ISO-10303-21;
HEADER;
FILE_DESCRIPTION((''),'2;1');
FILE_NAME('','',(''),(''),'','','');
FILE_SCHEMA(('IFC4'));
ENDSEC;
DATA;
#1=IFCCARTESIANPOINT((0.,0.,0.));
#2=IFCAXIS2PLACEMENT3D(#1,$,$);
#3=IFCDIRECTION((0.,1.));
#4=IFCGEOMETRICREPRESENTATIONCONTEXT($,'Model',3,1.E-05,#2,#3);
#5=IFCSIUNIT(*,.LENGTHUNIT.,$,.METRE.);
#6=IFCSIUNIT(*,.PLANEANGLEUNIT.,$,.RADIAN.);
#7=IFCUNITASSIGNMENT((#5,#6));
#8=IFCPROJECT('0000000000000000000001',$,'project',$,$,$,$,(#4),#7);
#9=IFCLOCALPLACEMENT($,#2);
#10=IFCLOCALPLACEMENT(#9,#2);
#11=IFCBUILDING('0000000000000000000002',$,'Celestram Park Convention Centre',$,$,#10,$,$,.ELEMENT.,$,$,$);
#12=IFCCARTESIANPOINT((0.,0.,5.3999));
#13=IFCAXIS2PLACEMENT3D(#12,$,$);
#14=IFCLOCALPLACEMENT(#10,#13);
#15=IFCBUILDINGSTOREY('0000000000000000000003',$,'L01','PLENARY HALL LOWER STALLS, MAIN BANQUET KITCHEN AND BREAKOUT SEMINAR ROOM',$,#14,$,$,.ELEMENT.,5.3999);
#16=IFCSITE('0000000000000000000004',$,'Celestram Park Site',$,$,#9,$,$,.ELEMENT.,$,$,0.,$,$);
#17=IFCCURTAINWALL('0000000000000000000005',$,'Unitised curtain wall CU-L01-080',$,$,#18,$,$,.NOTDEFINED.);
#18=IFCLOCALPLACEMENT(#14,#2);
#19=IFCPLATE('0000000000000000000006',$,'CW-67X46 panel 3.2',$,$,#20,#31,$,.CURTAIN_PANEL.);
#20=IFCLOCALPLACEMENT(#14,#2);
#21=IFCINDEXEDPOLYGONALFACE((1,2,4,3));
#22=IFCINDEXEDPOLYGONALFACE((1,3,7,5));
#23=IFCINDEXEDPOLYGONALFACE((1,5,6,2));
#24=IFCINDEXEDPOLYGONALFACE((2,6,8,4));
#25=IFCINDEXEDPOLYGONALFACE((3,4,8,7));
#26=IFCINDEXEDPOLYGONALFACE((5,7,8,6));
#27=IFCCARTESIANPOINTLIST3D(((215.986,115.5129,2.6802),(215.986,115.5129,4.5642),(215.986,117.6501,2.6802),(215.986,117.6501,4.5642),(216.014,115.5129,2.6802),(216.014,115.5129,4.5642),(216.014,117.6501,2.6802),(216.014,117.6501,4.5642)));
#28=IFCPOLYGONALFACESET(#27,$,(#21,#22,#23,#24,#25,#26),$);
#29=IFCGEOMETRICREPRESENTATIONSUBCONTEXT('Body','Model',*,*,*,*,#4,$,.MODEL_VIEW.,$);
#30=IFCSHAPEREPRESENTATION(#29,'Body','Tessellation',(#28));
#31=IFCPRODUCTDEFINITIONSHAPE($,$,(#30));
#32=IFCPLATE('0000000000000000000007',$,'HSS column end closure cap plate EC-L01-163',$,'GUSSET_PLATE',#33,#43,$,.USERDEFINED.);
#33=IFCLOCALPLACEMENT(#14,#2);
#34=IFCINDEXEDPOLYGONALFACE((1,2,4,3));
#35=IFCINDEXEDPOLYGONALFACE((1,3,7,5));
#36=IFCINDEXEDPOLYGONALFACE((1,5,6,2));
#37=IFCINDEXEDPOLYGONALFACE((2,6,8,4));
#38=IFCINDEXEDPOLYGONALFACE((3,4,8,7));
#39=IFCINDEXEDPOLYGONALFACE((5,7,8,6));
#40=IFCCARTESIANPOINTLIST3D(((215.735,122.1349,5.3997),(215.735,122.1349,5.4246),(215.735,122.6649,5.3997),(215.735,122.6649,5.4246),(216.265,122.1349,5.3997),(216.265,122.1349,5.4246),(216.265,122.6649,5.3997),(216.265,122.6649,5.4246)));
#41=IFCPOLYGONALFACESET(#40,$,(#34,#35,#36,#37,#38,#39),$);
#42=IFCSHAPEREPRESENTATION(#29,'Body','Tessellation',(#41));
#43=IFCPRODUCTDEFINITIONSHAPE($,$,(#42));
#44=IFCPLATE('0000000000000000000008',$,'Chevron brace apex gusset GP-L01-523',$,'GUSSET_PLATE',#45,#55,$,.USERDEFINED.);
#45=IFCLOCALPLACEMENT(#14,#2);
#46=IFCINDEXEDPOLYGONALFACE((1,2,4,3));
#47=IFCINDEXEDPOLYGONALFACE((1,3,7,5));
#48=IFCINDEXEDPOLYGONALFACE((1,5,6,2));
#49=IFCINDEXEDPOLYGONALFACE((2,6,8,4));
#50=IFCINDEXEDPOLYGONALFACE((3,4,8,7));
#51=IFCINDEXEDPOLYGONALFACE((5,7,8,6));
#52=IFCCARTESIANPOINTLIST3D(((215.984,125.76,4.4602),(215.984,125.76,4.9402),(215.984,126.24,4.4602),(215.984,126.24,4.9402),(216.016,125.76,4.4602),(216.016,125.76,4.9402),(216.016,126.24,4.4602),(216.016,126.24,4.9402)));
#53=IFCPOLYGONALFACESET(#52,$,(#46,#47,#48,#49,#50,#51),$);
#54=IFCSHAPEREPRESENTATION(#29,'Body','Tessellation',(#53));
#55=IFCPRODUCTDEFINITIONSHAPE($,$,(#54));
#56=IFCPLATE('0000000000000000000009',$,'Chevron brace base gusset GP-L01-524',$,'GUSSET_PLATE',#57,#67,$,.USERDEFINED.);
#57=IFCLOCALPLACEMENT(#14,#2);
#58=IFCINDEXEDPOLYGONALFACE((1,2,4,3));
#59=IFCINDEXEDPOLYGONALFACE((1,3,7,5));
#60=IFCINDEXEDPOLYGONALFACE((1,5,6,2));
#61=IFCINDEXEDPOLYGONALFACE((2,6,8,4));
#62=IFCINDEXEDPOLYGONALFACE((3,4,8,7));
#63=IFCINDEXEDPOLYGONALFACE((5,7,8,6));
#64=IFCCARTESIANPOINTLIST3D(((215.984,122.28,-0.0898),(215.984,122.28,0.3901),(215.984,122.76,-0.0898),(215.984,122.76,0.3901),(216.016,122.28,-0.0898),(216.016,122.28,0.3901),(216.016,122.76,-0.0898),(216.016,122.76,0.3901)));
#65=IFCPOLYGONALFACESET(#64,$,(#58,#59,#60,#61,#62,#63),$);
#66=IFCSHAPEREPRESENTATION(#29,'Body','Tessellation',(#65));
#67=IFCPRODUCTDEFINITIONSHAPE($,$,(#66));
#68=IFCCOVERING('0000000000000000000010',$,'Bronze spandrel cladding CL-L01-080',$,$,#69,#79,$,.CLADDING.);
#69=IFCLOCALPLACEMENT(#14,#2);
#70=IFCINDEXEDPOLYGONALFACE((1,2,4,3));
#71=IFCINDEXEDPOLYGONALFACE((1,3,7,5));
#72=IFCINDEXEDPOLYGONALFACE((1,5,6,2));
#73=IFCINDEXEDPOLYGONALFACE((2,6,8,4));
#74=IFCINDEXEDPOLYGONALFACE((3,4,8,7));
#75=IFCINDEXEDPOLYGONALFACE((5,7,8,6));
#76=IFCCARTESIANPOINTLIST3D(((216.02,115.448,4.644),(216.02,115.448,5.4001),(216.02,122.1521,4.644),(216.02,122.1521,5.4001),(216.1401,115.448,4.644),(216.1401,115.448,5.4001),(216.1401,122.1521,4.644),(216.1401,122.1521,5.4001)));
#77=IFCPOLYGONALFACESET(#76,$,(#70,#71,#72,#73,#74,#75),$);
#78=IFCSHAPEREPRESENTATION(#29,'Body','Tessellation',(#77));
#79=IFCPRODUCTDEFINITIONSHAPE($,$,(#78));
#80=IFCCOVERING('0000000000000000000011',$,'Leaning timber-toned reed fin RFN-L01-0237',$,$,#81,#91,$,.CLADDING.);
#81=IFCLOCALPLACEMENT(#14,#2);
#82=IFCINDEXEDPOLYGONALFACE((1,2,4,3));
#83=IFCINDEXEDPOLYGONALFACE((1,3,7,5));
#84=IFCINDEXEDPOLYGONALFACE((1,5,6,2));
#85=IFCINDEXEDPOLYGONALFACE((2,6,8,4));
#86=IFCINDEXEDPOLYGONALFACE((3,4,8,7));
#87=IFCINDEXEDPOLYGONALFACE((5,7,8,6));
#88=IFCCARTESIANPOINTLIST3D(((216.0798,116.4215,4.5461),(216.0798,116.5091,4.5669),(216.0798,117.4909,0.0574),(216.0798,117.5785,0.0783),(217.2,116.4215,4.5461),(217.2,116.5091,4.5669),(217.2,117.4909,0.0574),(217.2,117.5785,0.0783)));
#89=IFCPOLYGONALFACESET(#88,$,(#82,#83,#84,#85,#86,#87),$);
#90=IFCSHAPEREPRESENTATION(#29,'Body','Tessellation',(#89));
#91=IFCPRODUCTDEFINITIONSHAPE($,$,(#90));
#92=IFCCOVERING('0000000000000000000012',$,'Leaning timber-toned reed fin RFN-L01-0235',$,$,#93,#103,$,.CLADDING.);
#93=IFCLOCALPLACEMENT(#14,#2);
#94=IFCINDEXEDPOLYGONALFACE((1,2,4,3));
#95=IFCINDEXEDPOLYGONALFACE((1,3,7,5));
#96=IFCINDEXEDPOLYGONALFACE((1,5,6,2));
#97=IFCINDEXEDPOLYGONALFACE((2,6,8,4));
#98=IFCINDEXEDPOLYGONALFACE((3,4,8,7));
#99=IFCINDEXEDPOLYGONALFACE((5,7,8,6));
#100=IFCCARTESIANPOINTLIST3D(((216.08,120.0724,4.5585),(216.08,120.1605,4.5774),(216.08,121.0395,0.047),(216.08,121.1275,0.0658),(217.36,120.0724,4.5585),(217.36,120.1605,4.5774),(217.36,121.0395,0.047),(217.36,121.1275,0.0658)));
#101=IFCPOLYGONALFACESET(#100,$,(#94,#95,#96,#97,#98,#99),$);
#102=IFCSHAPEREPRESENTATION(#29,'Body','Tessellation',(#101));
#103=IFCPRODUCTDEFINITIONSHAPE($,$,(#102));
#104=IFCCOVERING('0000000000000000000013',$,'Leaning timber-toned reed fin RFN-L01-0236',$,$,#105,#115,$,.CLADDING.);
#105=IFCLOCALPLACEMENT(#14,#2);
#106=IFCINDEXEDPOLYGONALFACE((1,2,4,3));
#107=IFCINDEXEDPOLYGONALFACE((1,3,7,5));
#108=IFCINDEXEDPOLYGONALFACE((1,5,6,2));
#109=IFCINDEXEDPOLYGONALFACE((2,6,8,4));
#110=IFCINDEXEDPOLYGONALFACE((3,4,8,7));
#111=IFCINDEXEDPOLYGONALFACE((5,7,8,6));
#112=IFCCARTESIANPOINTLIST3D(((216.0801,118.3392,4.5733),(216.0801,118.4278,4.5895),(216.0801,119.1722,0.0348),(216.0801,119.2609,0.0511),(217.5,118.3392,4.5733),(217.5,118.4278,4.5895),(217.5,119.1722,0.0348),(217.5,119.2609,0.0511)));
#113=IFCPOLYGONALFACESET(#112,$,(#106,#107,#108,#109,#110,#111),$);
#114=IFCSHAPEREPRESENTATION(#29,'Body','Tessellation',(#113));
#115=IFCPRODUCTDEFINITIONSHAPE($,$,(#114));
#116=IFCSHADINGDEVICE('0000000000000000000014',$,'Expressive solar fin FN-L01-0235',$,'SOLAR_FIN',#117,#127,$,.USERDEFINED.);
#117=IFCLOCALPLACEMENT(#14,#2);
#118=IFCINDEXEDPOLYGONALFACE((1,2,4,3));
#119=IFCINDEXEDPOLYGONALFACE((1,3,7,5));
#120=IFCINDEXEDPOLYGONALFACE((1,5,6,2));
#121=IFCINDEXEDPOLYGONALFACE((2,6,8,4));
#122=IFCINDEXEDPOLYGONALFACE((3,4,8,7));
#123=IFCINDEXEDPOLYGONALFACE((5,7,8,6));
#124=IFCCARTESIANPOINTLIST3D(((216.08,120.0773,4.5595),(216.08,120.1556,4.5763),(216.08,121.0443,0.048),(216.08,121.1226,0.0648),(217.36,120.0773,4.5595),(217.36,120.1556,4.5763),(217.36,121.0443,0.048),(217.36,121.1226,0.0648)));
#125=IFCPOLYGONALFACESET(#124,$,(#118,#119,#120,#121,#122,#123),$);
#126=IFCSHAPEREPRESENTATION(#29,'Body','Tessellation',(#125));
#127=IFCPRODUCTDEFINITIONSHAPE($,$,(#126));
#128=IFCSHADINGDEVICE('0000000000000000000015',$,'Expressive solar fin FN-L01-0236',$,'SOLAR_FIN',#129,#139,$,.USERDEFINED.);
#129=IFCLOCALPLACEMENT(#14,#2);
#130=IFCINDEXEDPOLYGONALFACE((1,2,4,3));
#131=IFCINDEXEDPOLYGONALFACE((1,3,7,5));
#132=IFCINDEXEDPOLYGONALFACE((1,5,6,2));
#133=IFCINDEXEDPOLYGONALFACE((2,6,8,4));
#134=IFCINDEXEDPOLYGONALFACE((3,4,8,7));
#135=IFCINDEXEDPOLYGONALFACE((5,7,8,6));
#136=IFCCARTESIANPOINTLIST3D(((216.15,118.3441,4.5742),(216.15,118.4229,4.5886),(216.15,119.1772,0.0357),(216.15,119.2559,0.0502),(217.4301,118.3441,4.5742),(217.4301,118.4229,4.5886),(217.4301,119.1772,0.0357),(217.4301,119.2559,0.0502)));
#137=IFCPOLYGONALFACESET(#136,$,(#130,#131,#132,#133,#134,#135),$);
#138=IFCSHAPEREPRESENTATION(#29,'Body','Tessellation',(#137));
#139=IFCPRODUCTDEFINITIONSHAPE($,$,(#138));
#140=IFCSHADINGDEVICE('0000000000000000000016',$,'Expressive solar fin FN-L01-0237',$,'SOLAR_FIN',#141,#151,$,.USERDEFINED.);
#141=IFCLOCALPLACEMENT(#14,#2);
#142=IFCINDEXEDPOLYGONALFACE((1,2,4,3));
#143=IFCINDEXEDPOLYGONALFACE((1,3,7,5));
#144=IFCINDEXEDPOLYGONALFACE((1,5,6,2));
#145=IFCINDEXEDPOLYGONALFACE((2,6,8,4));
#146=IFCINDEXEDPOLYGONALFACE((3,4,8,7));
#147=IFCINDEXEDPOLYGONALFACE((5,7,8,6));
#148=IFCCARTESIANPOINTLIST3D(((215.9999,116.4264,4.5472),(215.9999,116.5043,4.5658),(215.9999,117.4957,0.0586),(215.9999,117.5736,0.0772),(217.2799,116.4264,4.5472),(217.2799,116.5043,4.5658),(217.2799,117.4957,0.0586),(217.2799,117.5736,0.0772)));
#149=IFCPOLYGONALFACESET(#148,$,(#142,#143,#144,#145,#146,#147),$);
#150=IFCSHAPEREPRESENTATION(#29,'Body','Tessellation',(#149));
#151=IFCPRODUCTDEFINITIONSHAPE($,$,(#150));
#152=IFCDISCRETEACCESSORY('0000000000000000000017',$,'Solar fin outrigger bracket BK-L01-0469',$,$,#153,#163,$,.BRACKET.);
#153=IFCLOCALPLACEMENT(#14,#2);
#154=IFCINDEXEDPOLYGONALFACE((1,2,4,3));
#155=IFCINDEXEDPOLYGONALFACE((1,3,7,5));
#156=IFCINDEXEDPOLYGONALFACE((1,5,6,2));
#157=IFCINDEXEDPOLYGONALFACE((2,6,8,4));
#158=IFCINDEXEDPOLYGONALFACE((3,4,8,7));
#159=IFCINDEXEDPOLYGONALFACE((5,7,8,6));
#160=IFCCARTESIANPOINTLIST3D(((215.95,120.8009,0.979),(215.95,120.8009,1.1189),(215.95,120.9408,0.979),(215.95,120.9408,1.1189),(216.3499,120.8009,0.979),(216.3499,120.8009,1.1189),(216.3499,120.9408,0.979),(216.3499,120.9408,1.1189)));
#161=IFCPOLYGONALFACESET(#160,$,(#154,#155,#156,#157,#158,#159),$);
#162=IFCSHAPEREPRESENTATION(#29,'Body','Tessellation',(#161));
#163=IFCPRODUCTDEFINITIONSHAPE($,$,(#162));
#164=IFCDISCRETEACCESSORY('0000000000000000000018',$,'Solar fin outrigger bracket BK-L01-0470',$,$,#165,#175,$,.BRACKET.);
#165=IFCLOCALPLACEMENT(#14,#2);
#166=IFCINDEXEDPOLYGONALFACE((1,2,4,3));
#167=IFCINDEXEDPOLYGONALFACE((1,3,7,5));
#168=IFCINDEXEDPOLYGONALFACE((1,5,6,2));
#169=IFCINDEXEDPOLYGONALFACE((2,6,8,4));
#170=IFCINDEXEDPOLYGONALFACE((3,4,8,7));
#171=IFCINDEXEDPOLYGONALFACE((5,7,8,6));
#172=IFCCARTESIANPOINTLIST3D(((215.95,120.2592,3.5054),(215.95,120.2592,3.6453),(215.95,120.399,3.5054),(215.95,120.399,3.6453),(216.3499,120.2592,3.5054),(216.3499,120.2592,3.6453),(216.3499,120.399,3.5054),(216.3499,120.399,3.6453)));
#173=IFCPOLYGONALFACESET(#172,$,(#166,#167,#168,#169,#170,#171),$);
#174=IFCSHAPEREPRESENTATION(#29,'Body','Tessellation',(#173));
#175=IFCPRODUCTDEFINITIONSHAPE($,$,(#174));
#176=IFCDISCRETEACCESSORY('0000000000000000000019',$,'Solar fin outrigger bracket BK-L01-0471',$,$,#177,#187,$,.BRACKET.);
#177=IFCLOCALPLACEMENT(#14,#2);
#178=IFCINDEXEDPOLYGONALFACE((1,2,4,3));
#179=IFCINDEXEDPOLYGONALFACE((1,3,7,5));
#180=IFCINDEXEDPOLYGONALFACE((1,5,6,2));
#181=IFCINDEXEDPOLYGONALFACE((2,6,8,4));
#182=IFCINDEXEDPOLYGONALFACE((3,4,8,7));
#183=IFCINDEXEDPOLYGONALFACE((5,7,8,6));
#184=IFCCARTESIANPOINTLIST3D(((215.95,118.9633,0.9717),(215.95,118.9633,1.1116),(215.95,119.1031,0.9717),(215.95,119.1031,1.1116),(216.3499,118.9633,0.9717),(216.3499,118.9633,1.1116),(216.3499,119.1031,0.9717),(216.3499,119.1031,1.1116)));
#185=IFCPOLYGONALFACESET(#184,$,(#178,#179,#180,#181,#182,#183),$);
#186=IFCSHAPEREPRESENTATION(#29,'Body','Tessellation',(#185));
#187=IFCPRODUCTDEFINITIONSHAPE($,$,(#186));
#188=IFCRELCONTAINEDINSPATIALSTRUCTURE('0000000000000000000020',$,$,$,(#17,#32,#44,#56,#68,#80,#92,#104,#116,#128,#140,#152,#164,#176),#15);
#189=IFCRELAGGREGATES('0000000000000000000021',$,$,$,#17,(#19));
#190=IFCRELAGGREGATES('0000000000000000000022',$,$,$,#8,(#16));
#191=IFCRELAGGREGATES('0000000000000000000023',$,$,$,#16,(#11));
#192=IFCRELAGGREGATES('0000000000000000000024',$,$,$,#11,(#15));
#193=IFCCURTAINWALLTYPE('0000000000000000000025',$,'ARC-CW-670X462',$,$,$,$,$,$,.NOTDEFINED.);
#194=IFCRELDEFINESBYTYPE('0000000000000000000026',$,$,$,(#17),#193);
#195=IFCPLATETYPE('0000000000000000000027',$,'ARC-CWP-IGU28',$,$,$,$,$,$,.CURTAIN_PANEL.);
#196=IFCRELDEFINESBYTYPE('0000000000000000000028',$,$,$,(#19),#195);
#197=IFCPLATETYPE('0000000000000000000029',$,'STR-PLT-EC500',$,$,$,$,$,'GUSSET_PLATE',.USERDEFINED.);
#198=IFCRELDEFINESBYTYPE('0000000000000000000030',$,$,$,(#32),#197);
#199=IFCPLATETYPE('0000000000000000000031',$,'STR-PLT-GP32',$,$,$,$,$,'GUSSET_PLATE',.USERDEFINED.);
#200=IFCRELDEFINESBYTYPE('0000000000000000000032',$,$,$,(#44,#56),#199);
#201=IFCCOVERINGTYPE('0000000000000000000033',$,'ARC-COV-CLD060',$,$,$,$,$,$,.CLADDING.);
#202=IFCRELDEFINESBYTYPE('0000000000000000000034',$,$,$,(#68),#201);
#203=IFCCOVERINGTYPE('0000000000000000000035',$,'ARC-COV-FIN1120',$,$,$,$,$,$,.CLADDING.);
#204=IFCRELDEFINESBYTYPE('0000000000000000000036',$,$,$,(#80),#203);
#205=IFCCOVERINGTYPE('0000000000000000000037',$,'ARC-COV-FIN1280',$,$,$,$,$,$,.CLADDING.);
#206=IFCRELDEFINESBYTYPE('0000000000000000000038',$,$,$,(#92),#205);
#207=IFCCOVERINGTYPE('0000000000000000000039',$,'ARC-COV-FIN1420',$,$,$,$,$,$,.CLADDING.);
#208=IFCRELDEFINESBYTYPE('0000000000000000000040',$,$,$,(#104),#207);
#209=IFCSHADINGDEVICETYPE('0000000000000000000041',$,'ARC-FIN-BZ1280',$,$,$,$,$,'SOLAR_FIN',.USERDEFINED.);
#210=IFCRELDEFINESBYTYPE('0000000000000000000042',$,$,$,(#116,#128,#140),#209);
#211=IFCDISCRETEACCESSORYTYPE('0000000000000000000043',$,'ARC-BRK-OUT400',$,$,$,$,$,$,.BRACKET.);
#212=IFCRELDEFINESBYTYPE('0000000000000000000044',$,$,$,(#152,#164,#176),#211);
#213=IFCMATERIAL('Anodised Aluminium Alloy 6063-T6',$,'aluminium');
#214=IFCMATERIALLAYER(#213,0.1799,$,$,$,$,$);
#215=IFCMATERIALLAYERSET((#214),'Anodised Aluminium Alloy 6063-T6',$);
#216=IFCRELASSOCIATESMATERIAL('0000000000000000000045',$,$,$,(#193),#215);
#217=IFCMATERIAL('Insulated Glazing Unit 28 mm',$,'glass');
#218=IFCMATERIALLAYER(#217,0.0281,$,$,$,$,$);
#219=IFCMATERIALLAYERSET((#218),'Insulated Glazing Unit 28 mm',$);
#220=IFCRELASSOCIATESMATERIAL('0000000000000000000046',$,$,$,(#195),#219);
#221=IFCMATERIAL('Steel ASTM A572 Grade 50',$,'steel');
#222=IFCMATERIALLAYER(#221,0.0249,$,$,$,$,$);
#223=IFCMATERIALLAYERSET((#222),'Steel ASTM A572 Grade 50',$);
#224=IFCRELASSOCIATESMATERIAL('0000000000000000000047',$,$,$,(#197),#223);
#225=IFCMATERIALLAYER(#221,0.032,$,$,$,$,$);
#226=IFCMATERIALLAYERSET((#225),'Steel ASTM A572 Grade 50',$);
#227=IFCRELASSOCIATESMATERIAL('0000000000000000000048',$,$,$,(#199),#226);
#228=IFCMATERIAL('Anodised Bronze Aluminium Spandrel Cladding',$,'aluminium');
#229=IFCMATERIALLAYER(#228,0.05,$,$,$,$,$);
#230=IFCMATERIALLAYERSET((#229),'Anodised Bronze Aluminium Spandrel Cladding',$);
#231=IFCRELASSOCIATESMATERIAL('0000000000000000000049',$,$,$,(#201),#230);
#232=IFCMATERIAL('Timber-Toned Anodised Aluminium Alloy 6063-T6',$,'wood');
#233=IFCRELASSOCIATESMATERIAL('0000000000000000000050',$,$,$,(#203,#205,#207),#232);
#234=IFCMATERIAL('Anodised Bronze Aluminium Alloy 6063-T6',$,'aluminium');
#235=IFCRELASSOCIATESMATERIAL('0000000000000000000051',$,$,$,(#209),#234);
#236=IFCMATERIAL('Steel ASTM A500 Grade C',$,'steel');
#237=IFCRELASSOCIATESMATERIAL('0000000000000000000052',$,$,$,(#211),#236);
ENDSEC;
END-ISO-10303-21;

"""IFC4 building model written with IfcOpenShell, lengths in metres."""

from ifc_helpers import new_model, si_unit, direction, frame, origin, origin_2d, place, context, subcontext, project, spatial, rectangle, extrude, material, layer, layer_set, material_profile, profile_set, type_object, element, aggregate, save


model = new_model("IFC4")

# Units and contexts
model_context = context("Model", 3, precision=1e-05, world=origin(), true_north=direction((0.0, 1.0)))
body_context = subcontext(model_context, "Body", "Model", "MODEL_VIEW")
ifc_project = project(units=[si_unit("LENGTHUNIT", "METRE"), si_unit("PLANEANGLEUNIT", "RADIAN")], contexts=[model_context])

# Site, building, storey
site_placement = place(None, origin())
site = spatial("IfcSite", under=ifc_project, at=site_placement, Name="Celestram Park Site", CompositionType="ELEMENT", RefElevation=0.0)
building_placement = place(site_placement, origin())
building = spatial("IfcBuilding", under=site, at=building_placement, Name="Celestram Park Convention Centre", CompositionType="ELEMENT")
storey_placement = place(building_placement, frame((0.0, 0.0, 5.3999)))
storey = spatial("IfcBuildingStorey", under=building, at=storey_placement, Name="L01", Description="PLENARY HALL LOWER STALLS, MAIN BANQUET KITCHEN AND BREAKOUT SEMINAR ROOM", CompositionType="ELEMENT", Elevation=5.3999)

# Shared definitions
ifc_material_1 = material(Name="Steel ASTM A500 Grade C", Category="steel")

# Curtain wall
ifc_material_2 = material(Name="Anodised Aluminium Alloy 6063-T6", Category="aluminium")
ifc_layer_1 = layer(ifc_material_2, 0.1799)
ifc_layer_set_1 = layer_set([ifc_layer_1], Name="Anodised Aluminium Alloy 6063-T6")
curtain_wall_type = type_object("IfcCurtainWallType", Name="ARC-CW-670X462", PredefinedType="NOTDEFINED", material=ifc_layer_set_1)
curtain_wall_placement = place(storey_placement, origin())
curtain_wall = element("IfcCurtainWall", 1, at=curtain_wall_placement, inside=storey, type_object=curtain_wall_type, Name="Unitised curtain wall CU-L01-080", PredefinedType="NOTDEFINED")

# Plate
ifc_material_3 = material(Name="Insulated Glazing Unit 28 mm", Category="glass")
ifc_layer_2 = layer(ifc_material_3, 0.0281)
ifc_layer_set_2 = layer_set([ifc_layer_2], Name="Insulated Glazing Unit 28 mm")
plate_type_1 = type_object("IfcPlateType", Name="ARC-CWP-IGU28", PredefinedType="CURTAIN_PANEL", material=ifc_layer_set_2)
plate_1_placement = place(storey_placement, frame((216.0, 116.5815, 2.6802), z_axis=(0.0, 0.0, 1.0), x_axis=(0.0, -1.0, 0.0)))
plate_1 = element("IfcPlate", 2, at=plate_1_placement, type_object=plate_type_1, Name="CW-67X46 panel 3.2", PredefinedType="CURTAIN_PANEL", context=body_context, shape_type="SweptSolid", body=[
    extrude(rectangle(XDim=2.1372, YDim=0.0281, at=origin_2d()), origin(), (0.0, 0.0, 1.0), 1.884),
])
aggregate(curtain_wall, [plate_1])

# Plates
ifc_material_4 = material(Name="Steel ASTM A572 Grade 50", Category="steel")
ifc_layer_3 = layer(ifc_material_4, 0.0249)
ifc_layer_set_3 = layer_set([ifc_layer_3], Name="Steel ASTM A572 Grade 50")
plate_type_2 = type_object("IfcPlateType", Name="STR-PLT-EC500", ElementType="GUSSET_PLATE", PredefinedType="USERDEFINED", material=ifc_layer_set_3)
plate_2_placement = place(storey_placement, frame((216.0, 122.3999, 5.3997), z_axis=(0.0, 0.0, 1.0), x_axis=(1.0, 0.0, 0.0)))
element("IfcPlate", 3, at=plate_2_placement, inside=storey, type_object=plate_type_2, Name="HSS column end closure cap plate EC-L01-163", ObjectType="GUSSET_PLATE", PredefinedType="USERDEFINED", context=body_context, shape_type="SweptSolid", body=[
    extrude(rectangle(XDim=0.53, YDim=0.53, at=origin_2d()), origin(), (0.0, 0.0, 1.0), 0.0249),
])
ifc_layer_4 = layer(ifc_material_4, 0.032)
ifc_layer_set_4 = layer_set([ifc_layer_4], Name="Steel ASTM A572 Grade 50")
plate_type_3 = type_object("IfcPlateType", Name="STR-PLT-GP32", ElementType="GUSSET_PLATE", PredefinedType="USERDEFINED", material=ifc_layer_set_4)
for number, where, z_axis, x_axis, name in (
    (4, (216.0, 126.0, 4.4602), (0.0, 0.0, 1.0), (0.0, 1.0, 0.0), "Chevron brace apex gusset GP-L01-523"),
    (5, (216.0, 122.52, -0.0898), (0.0, 0.0, 1.0), (0.0, 1.0, 0.0), "Chevron brace base gusset GP-L01-524"),
):
    element("IfcPlate", number, at=place(storey_placement, frame(where, z_axis=z_axis, x_axis=x_axis)), inside=storey, type_object=plate_type_3, Name=name, ObjectType="GUSSET_PLATE", PredefinedType="USERDEFINED", context=body_context, shape_type="SweptSolid", body=[
        extrude(rectangle(XDim=0.48, YDim=0.032, at=origin_2d()), origin(), (0.0, 0.0, 1.0), 0.48),
    ])

# Coverings
ifc_material_5 = material(Name="Anodised Bronze Aluminium Spandrel Cladding", Category="aluminium")
ifc_layer_5 = layer(ifc_material_5, 0.05)
ifc_layer_set_5 = layer_set([ifc_layer_5], Name="Anodised Bronze Aluminium Spandrel Cladding")
covering_type_1 = type_object("IfcCoveringType", Name="ARC-COV-CLD060", PredefinedType="CLADDING", material=ifc_layer_set_5)
covering_1_placement = place(storey_placement, frame((216.0801, 118.8, 4.644), z_axis=(0.0, 0.0, 1.0), x_axis=(0.0, -1.0, 0.0)))
element("IfcCovering", 6, at=covering_1_placement, inside=storey, type_object=covering_type_1, Name="Bronze spandrel cladding CL-L01-080", PredefinedType="CLADDING", context=body_context, shape_type="SweptSolid", body=[
    extrude(rectangle(XDim=6.7041, YDim=0.1201, at=origin_2d()), origin(), (0.0, 0.0, 1.0), 0.7561),
])
ifc_material_6 = material(Name="Timber-Toned Anodised Aluminium Alloy 6063-T6", Category="wood")
ifc_material_profile_1 = material_profile(ifc_material_6, rectangle(XDim=1.1201, YDim=0.0901, at=origin_2d()), Name="REED1120X90")
ifc_profile_set_1 = profile_set([ifc_material_profile_1], Name="Timber-Toned Anodised Aluminium Alloy 6063-T6")
covering_type_2 = type_object("IfcCoveringType", Name="ARC-COV-FIN1120", PredefinedType="CLADDING", material=ifc_profile_set_1)
covering_2_placement = place(storey_placement, frame((216.6399, 117.5347, 0.0679), z_axis=(0.0, -0.231752, 0.972775), x_axis=(1.0, 0.0, 0.0)))
element("IfcCovering", 7, at=covering_2_placement, inside=storey, type_object=covering_type_2, Name="Leaning timber-toned reed fin RFN-L01-0237", PredefinedType="CLADDING", context=body_context, shape_type="SweptSolid", body=[
    extrude(rectangle(XDim=1.1201, YDim=0.0901, at=origin_2d()), origin(), (0.0, 0.0, 1.0), 4.6143),
])
ifc_material_profile_2 = material_profile(ifc_material_6, rectangle(XDim=1.28, YDim=0.0901, at=origin_2d()), Name="REED1280X90")
ifc_profile_set_2 = profile_set([ifc_material_profile_2], Name="Timber-Toned Anodised Aluminium Alloy 6063-T6")
covering_type_3 = type_object("IfcCoveringType", Name="ARC-COV-FIN1280", PredefinedType="CLADDING", material=ifc_profile_set_2)
covering_3_placement = place(storey_placement, frame((216.72, 121.0835, 0.0564), z_axis=(0.0, -0.209591, 0.977789), x_axis=(1.0, 0.0, 0.0)))
element("IfcCovering", 8, at=covering_3_placement, inside=storey, type_object=covering_type_3, Name="Leaning timber-toned reed fin RFN-L01-0235", PredefinedType="CLADDING", context=body_context, shape_type="SweptSolid", body=[
    extrude(rectangle(XDim=1.28, YDim=0.0901, at=origin_2d()), origin(), (0.0, 0.0, 1.0), 4.614),
])
ifc_material_profile_3 = material_profile(ifc_material_6, rectangle(XDim=1.4199, YDim=0.0901, at=origin_2d()), Name="REED1420X90")
ifc_profile_set_3 = profile_set([ifc_material_profile_3], Name="Timber-Toned Anodised Aluminium Alloy 6063-T6")
covering_type_4 = type_object("IfcCoveringType", Name="ARC-COV-FIN1420", PredefinedType="CLADDING", material=ifc_profile_set_3)
covering_4_placement = place(storey_placement, frame((216.79, 119.2166, 0.043), z_axis=(0.0, -0.180533, 0.983569), x_axis=(1.0, 0.0, 0.0)))
element("IfcCovering", 9, at=covering_4_placement, inside=storey, type_object=covering_type_4, Name="Leaning timber-toned reed fin RFN-L01-0236", PredefinedType="CLADDING", context=body_context, shape_type="SweptSolid", body=[
    extrude(rectangle(XDim=1.4199, YDim=0.0901, at=origin_2d()), origin(), (0.0, 0.0, 1.0), 4.6143),
])

# Shading devices
ifc_material_7 = material(Name="Anodised Bronze Aluminium Alloy 6063-T6", Category="aluminium")
ifc_material_profile_4 = material_profile(ifc_material_7, rectangle(XDim=1.28, YDim=0.0801, at=origin_2d()), Name="FIN1280X80")
ifc_profile_set_4 = profile_set([ifc_material_profile_4], Name="Anodised Bronze Aluminium Alloy 6063-T6")
shading_device_type = type_object("IfcShadingDeviceType", Name="ARC-FIN-BZ1280", ElementType="SOLAR_FIN", PredefinedType="USERDEFINED", material=ifc_profile_set_4)
shading_device_placement = place(storey_placement, frame((216.72, 121.0835, 0.0564), z_axis=(0.0, -0.209591, 0.977789), x_axis=(1.0, 0.0, 0.0)))
element("IfcShadingDevice", 10, at=shading_device_placement, inside=storey, type_object=shading_device_type, Name="Expressive solar fin FN-L01-0235", ObjectType="SOLAR_FIN", PredefinedType="USERDEFINED", context=body_context, shape_type="SweptSolid", body=[
    extrude(rectangle(XDim=1.28, YDim=0.0801, at=origin_2d()), origin(), (0.0, 0.0, 1.0), 4.614),
])
for number, where, z_axis, x_axis, name in (
    (11, (216.79, 119.2166, 0.043), (0.0, -0.180533, 0.983569), (1.0, 0.0, 0.0), "Expressive solar fin FN-L01-0236"),
    (12, (216.6399, 117.5347, 0.0679), (0.0, -0.231752, 0.972775), (1.0, 0.0, 0.0), "Expressive solar fin FN-L01-0237"),
):
    element("IfcShadingDevice", number, at=place(storey_placement, frame(where, z_axis=z_axis, x_axis=x_axis)), inside=storey, type_object=shading_device_type, Name=name, ObjectType="SOLAR_FIN", PredefinedType="USERDEFINED", context=body_context, shape_type="SweptSolid", body=[
        extrude(rectangle(XDim=1.28, YDim=0.0801, at=origin_2d()), origin(), (0.0, 0.0, 1.0), 4.6143),
    ])

# Discrete accessories
discrete_accessory_type = type_object("IfcDiscreteAccessoryType", Name="ARC-BRK-OUT400", PredefinedType="BRACKET", material=ifc_material_1)
for number, where, z_axis, x_axis, name in (
    (13, (216.1499, 120.8708, 0.979), (0.0, 0.0, 1.0), (1.0, 0.0, 0.0), "Solar fin outrigger bracket BK-L01-0469"),
    (14, (216.1499, 120.3291, 3.5054), (0.0, 0.0, 1.0), (1.0, 0.0, 0.0), "Solar fin outrigger bracket BK-L01-0470"),
    (15, (216.1499, 119.0332, 0.9717), (0.0, 0.0, 1.0), (1.0, 0.0, 0.0), "Solar fin outrigger bracket BK-L01-0471"),
):
    element("IfcDiscreteAccessory", number, at=place(storey_placement, frame(where, z_axis=z_axis, x_axis=x_axis)), inside=storey, type_object=discrete_accessory_type, Name=name, PredefinedType="BRACKET", context=body_context, shape_type="SweptSolid", body=[
        extrude(rectangle(XDim=0.3999, YDim=0.1399, at=origin_2d()), origin(), (0.0, 0.0, 1.0), 0.1399),
    ])

save(model, "model.ifc")
